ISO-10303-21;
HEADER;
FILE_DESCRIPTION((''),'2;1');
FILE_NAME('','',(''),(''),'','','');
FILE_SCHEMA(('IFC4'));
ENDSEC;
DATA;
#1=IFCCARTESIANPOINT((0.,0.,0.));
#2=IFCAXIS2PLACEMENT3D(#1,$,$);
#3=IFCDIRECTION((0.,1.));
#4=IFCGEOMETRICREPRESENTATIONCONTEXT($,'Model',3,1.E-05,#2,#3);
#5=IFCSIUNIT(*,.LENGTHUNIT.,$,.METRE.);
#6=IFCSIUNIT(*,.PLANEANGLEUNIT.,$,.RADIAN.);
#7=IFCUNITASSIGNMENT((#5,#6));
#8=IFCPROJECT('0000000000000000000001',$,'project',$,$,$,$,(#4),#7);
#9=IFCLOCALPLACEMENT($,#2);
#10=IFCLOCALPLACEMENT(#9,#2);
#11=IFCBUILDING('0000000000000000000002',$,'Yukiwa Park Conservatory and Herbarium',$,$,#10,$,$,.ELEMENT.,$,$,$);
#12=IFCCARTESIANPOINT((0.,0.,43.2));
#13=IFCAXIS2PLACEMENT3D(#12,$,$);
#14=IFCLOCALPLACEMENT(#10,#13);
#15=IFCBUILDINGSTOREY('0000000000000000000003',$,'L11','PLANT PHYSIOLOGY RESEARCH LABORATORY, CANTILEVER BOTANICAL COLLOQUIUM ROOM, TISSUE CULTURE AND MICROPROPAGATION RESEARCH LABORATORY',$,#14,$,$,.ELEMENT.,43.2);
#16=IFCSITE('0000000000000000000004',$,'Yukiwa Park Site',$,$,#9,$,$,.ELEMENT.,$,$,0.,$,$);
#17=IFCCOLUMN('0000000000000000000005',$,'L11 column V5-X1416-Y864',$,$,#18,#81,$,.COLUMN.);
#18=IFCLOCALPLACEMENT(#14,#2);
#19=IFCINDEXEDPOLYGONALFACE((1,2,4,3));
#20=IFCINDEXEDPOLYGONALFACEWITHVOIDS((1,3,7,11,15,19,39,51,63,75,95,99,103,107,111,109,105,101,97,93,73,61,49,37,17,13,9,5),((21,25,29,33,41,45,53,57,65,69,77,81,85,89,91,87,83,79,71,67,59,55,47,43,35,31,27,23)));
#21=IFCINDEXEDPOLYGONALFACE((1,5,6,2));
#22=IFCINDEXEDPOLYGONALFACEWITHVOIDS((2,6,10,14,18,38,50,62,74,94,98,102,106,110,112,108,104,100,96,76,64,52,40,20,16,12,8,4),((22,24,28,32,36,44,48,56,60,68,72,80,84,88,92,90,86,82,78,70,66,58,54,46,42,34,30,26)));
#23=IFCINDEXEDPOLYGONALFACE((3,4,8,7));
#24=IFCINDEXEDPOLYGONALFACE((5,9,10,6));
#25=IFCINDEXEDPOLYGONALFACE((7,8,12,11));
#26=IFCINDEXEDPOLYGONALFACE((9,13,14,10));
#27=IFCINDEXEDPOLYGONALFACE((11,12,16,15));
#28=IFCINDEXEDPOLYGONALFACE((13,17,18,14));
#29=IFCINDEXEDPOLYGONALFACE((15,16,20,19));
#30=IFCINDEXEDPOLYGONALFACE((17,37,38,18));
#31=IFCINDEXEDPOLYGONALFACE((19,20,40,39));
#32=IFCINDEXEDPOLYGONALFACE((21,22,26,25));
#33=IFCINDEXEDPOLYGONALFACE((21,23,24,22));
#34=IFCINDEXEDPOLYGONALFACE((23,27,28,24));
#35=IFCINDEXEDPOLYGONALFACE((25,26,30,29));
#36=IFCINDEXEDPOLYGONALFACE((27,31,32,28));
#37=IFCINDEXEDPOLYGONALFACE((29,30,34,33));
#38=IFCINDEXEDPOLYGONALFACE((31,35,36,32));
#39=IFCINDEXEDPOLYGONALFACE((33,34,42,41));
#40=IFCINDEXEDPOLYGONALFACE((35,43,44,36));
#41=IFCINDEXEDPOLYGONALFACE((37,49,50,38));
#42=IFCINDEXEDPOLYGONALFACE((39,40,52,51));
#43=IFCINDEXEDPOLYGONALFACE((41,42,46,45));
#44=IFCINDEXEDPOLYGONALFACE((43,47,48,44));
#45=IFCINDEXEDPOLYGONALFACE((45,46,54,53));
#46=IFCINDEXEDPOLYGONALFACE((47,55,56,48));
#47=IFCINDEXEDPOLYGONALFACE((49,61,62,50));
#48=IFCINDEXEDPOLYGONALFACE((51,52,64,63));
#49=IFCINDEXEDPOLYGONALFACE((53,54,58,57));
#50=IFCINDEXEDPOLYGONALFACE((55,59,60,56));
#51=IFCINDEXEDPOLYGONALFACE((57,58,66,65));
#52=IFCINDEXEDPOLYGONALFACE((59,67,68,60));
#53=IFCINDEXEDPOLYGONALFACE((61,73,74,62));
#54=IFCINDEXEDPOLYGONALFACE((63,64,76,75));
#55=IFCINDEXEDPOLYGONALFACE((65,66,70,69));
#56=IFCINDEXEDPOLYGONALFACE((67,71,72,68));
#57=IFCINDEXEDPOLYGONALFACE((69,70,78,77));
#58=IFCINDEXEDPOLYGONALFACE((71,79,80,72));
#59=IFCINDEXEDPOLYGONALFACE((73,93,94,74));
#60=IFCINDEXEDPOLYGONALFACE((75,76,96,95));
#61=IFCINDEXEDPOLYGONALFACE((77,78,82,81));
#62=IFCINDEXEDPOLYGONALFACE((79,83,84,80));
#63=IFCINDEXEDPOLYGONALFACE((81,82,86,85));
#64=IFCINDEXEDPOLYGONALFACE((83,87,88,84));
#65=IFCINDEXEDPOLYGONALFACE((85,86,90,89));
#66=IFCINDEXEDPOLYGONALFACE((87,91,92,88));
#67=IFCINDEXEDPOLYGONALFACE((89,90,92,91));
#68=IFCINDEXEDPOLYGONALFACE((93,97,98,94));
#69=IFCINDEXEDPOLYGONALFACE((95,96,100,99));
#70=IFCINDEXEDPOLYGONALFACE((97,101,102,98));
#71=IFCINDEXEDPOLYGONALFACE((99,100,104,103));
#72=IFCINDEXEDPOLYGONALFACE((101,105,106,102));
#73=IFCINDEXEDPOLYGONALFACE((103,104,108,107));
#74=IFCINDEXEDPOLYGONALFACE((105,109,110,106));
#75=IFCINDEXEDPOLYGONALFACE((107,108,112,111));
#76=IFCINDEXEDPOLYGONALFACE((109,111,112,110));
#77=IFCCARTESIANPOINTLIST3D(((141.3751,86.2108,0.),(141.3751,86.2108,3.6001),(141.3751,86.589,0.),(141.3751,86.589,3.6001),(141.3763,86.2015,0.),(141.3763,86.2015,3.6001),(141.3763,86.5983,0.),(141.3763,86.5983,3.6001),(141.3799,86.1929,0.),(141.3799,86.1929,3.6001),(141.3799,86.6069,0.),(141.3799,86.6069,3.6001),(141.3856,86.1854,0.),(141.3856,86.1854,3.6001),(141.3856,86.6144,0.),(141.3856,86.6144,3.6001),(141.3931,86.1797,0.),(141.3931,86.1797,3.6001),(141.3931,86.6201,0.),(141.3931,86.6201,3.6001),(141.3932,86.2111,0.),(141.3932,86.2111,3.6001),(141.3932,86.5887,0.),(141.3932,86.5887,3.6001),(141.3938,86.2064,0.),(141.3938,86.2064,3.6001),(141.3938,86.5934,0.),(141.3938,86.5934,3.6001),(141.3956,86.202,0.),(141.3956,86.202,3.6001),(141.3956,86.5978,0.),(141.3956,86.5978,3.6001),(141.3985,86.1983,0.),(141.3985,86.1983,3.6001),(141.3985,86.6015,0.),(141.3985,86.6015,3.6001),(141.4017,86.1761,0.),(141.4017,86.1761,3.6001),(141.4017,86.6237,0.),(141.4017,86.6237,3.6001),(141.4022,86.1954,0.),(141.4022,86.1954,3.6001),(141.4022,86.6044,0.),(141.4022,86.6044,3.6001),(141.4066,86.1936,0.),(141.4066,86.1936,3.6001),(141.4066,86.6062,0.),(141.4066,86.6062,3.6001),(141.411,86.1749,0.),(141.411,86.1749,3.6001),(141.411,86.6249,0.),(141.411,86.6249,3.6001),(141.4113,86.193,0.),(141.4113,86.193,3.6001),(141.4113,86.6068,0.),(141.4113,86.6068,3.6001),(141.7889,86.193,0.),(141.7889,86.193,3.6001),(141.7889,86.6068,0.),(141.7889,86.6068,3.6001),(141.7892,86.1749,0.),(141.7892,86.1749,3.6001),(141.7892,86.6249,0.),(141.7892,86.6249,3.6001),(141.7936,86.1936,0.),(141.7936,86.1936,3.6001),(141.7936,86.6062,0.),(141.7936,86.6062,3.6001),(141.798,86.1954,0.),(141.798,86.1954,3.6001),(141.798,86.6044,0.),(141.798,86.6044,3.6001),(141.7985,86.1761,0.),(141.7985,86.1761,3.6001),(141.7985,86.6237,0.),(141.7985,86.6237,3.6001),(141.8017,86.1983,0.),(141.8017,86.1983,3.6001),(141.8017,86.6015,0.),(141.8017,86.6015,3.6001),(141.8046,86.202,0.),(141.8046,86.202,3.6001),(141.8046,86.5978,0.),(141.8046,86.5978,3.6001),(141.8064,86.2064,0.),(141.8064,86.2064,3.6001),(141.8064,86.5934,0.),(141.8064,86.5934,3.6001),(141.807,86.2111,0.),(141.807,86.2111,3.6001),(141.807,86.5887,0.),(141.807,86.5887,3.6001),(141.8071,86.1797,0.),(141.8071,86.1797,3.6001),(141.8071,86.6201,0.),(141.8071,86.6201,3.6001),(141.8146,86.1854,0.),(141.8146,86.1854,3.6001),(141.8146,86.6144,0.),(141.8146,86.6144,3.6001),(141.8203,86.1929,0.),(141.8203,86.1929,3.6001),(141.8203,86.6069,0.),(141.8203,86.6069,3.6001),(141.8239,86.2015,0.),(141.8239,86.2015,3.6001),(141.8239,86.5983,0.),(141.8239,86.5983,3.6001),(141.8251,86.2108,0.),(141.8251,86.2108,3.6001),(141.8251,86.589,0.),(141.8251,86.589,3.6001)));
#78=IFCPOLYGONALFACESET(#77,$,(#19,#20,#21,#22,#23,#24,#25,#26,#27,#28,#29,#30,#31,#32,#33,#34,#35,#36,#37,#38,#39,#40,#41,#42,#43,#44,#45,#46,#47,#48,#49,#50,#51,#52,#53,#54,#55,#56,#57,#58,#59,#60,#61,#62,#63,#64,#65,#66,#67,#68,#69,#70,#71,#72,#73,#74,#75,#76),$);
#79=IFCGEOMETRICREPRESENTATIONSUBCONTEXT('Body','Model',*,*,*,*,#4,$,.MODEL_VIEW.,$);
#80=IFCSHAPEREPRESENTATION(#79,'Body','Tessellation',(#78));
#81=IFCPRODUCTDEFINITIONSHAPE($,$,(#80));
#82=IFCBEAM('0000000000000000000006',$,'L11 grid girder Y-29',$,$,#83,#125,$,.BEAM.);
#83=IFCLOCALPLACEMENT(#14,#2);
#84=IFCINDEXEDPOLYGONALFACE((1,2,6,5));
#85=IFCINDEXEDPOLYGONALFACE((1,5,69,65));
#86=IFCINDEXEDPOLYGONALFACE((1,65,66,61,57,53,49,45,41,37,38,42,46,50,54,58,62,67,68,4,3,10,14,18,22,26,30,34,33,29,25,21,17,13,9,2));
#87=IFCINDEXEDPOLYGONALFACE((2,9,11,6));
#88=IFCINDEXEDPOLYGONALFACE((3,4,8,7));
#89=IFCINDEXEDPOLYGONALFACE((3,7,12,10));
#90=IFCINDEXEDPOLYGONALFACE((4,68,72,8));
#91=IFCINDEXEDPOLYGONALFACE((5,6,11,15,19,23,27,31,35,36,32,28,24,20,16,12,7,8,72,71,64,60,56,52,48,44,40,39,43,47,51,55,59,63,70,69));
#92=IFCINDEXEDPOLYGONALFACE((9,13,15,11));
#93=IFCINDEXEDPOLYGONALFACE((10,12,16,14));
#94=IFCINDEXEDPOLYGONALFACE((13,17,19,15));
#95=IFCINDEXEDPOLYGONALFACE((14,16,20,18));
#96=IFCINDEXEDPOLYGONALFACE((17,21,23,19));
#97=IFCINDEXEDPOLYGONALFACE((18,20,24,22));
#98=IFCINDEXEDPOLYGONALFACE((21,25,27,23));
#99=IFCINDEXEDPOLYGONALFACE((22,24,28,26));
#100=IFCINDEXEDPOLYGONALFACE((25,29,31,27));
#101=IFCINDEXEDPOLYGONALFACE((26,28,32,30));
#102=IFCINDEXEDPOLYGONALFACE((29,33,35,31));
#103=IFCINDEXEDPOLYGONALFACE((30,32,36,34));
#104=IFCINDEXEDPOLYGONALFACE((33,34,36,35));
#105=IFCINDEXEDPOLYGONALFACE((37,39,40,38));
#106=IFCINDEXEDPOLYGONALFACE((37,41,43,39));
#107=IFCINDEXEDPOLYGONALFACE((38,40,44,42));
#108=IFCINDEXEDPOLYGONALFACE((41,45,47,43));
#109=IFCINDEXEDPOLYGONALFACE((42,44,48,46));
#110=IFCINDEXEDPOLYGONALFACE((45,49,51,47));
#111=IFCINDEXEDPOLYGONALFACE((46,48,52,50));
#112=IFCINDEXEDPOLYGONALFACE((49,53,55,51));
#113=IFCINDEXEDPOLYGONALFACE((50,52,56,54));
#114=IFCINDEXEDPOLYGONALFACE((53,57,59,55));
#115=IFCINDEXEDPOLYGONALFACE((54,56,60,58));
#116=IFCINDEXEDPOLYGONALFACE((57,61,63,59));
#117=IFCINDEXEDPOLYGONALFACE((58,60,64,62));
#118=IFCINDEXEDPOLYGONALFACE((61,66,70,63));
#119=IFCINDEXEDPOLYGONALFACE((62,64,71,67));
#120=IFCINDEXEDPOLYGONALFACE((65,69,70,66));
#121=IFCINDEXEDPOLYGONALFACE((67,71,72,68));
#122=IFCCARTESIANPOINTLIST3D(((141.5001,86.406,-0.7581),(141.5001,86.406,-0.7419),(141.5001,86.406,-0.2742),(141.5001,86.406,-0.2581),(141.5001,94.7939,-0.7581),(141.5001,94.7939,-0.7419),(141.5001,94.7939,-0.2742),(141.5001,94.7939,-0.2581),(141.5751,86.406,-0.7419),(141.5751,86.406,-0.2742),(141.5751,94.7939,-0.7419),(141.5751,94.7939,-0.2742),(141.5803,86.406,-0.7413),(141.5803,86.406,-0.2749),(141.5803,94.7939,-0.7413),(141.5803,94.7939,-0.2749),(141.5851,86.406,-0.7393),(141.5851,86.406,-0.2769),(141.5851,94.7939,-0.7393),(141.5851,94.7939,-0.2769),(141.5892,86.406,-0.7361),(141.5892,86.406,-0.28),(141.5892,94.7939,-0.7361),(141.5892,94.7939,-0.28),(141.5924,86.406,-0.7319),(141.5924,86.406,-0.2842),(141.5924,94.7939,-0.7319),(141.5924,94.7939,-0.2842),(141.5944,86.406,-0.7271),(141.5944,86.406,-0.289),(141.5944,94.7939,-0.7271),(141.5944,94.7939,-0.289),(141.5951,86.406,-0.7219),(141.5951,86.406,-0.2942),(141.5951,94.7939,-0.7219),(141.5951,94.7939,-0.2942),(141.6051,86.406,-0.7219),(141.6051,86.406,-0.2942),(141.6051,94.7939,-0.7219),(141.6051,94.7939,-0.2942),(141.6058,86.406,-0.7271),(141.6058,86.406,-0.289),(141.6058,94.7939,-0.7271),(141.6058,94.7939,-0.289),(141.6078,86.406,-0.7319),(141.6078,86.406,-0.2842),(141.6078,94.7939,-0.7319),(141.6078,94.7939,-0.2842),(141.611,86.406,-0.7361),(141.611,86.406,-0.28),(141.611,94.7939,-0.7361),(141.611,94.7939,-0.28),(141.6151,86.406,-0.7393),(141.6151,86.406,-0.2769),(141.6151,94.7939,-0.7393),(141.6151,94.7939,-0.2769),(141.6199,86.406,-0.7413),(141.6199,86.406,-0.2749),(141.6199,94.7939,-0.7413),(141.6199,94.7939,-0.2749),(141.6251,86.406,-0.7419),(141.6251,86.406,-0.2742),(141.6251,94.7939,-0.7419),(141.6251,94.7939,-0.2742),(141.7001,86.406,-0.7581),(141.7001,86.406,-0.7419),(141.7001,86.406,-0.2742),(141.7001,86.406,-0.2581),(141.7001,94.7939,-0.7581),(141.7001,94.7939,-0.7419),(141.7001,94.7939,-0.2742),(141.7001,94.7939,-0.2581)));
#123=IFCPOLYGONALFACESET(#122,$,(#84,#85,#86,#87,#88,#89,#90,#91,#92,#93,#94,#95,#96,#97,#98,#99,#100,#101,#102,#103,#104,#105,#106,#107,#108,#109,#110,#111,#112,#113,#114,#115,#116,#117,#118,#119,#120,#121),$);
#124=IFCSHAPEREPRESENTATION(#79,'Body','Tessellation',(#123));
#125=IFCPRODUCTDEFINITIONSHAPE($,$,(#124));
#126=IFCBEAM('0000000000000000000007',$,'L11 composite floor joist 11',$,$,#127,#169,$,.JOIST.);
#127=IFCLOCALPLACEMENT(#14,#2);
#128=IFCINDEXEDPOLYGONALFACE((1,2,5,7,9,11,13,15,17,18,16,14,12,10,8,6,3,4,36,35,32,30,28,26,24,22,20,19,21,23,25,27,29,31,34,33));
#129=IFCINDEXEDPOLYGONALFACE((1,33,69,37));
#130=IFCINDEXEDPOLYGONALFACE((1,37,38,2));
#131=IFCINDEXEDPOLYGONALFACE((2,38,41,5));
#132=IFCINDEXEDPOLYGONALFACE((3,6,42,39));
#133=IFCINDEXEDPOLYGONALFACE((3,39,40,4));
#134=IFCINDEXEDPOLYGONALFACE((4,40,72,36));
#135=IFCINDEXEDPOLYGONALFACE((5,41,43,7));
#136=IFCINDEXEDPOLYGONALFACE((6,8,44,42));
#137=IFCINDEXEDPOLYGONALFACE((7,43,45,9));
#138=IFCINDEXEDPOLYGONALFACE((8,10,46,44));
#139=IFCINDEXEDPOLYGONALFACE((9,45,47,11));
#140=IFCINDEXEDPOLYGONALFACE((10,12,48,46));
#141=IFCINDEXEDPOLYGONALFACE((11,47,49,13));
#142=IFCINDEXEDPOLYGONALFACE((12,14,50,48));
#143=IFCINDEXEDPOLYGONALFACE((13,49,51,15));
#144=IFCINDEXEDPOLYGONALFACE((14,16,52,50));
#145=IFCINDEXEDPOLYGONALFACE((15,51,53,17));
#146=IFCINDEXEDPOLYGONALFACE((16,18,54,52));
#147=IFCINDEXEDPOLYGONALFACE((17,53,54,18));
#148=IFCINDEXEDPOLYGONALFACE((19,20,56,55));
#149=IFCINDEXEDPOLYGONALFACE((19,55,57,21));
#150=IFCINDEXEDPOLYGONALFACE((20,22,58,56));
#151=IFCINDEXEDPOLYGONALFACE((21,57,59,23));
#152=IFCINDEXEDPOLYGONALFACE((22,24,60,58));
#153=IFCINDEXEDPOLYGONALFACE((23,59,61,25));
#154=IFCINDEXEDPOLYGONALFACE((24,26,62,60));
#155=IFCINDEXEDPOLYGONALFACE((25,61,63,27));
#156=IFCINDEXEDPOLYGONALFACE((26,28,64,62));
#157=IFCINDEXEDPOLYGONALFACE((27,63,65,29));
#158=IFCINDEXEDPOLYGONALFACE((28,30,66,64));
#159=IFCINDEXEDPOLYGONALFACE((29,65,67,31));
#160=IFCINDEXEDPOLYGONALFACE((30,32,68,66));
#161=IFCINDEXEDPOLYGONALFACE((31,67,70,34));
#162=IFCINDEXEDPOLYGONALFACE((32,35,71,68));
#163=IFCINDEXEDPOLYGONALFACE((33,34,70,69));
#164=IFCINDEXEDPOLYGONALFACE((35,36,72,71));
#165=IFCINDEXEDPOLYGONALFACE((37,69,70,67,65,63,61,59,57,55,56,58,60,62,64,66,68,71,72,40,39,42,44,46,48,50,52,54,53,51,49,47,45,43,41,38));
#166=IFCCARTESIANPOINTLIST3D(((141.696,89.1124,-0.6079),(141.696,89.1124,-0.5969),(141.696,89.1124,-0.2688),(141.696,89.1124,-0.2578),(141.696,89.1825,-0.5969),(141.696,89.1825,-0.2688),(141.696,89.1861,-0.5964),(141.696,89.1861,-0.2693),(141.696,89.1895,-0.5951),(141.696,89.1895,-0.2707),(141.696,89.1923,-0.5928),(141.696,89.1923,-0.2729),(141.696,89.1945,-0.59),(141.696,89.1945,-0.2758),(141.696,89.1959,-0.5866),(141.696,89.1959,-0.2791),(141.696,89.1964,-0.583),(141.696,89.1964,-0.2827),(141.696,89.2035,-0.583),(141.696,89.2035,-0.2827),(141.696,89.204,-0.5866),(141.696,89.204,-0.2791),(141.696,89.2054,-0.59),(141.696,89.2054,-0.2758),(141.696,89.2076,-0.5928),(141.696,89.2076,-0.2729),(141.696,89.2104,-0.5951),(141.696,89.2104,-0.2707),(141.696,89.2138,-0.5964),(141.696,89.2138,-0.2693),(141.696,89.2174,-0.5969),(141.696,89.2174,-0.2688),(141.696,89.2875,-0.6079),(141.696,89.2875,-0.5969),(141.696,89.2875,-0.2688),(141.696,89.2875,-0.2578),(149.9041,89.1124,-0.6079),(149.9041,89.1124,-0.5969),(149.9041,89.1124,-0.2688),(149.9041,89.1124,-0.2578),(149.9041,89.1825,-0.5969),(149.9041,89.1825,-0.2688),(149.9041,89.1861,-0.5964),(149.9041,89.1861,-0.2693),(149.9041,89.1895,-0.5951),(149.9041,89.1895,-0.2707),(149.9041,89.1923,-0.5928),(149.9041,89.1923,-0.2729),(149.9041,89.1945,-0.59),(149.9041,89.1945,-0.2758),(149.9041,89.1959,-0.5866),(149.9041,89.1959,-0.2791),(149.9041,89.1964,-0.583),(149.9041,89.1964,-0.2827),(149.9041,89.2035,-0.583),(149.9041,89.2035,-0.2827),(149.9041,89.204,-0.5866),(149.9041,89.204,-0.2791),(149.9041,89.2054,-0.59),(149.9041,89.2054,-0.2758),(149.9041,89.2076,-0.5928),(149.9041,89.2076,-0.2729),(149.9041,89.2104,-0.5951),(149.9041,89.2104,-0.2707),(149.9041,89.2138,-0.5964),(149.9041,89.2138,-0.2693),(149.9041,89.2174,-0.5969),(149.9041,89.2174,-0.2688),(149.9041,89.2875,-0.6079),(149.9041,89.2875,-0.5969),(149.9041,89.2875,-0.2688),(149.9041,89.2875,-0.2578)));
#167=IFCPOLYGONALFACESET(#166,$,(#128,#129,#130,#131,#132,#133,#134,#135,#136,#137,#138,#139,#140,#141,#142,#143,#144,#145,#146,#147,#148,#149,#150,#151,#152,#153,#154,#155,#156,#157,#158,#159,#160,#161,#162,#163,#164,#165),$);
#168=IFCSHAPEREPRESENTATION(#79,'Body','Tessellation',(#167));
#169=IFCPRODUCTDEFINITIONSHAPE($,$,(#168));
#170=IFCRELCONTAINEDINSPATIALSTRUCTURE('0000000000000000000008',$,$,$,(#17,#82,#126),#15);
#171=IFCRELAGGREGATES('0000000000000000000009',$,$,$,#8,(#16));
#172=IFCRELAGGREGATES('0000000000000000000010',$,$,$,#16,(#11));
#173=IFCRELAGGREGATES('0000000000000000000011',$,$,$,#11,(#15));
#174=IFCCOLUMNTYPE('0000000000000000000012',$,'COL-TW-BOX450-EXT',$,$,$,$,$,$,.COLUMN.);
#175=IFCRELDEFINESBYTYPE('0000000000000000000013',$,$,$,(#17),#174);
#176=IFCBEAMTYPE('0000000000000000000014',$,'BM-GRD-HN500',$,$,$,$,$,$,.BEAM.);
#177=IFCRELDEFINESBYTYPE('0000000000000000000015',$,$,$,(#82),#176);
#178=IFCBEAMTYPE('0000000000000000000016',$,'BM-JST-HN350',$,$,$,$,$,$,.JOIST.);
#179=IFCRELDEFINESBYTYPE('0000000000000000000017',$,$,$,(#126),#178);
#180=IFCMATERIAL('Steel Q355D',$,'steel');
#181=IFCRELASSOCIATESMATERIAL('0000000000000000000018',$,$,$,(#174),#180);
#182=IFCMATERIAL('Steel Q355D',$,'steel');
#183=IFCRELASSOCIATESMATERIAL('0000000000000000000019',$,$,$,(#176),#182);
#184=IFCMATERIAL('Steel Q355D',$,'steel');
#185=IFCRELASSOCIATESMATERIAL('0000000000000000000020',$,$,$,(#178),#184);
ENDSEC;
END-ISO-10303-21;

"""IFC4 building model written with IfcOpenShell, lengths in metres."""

from ifc_helpers import new_model, si_unit, direction, frame, origin, origin_2d, place, context, subcontext, project, spatial, hollow_rectangle, i_section, extrude, material, material_profile, profile_set, type_object, element, save


model = new_model("IFC4")

# Units and contexts
model_context = context("Model", 3, precision=1e-05, world=origin(), true_north=direction((0.0, 1.0)))
body_context = subcontext(model_context, "Body", "Model", "MODEL_VIEW")
ifc_project = project(units=[si_unit("LENGTHUNIT", "METRE"), si_unit("PLANEANGLEUNIT", "RADIAN")], contexts=[model_context])

# Site, building, storey
site_placement = place(None, origin())
site = spatial("IfcSite", under=ifc_project, at=site_placement, Name="Yukiwa Park Site", CompositionType="ELEMENT", RefElevation=0.0)
building_placement = place(site_placement, origin())
building = spatial("IfcBuilding", under=site, at=building_placement, Name="Yukiwa Park Conservatory and Herbarium", CompositionType="ELEMENT")
storey_placement = place(building_placement, frame((0.0, 0.0, 43.2)))
storey = spatial("IfcBuildingStorey", under=building, at=storey_placement, Name="L11", Description="PLANT PHYSIOLOGY RESEARCH LABORATORY, CANTILEVER BOTANICAL COLLOQUIUM ROOM, TISSUE CULTURE AND MICROPROPAGATION RESEARCH LABORATORY", CompositionType="ELEMENT", Elevation=43.2)

# Column
ifc_material_1 = material(Name="Steel Q355D", Category="steel")
ifc_material_profile_1 = material_profile(ifc_material_1, hollow_rectangle(XDim=0.45, YDim=0.45, WallThickness=0.0181, InnerFilletRadius=0.0181, OuterFilletRadius=0.0359, at=origin_2d()), Name="BOX 450x450x18")
ifc_profile_set_1 = profile_set([ifc_material_profile_1], Name="Steel Q355D")
column_type = type_object("IfcColumnType", Name="COL-TW-BOX450-EXT", PredefinedType="COLUMN", material=ifc_profile_set_1)
column_placement = place(storey_placement, frame((141.6001, 86.3999, 0.0), z_axis=(0.0, 0.0, 1.0), x_axis=(1.0, 0.0, 0.0)))
element("IfcColumn", 1, at=column_placement, inside=storey, type_object=column_type, Name="L11 column V5-X1416-Y864", PredefinedType="COLUMN", context=body_context, shape_type="SweptSolid", body=[
    extrude(hollow_rectangle(XDim=0.45, YDim=0.45, WallThickness=0.0181, InnerFilletRadius=0.0181, OuterFilletRadius=0.0359, at=origin_2d()), origin(), (0.0, 0.0, 1.0), 3.6001),
])

# Beams
ifc_material_2 = material(Name="Steel Q355D", Category="steel")
ifc_material_profile_2 = material_profile(ifc_material_2, i_section(OverallWidth=0.2, OverallDepth=0.5, WebThickness=0.01, FlangeThickness=0.0161, FilletRadius=0.02, at=origin_2d()), Name="HN 500x200x10x16")
ifc_profile_set_2 = profile_set([ifc_material_profile_2], Name="Steel Q355D")
beam_type_1 = type_object("IfcBeamType", Name="BM-GRD-HN500", PredefinedType="BEAM", material=ifc_profile_set_2)
beam_1_placement = place(storey_placement, frame((141.6001, 86.406, -0.5081), z_axis=(0.0, 1.0, 0.0), x_axis=(-1.0, 0.0, 0.0)))
element("IfcBeam", 2, at=beam_1_placement, inside=storey, type_object=beam_type_1, Name="L11 grid girder Y-29", PredefinedType="BEAM", context=body_context, shape_type="SweptSolid", body=[
    extrude(i_section(OverallWidth=0.2, OverallDepth=0.5, WebThickness=0.01, FlangeThickness=0.0161, FilletRadius=0.02, at=origin_2d()), origin(), (0.0, 0.0, 1.0), 8.3879),
])
ifc_material_3 = material(Name="Steel Q355D", Category="steel")
ifc_material_profile_3 = material_profile(ifc_material_3, i_section(OverallWidth=0.175, OverallDepth=0.3501, WebThickness=0.0071, FlangeThickness=0.011, FilletRadius=0.0139, at=origin_2d()), Name="HN 350x175x7x11")
ifc_profile_set_3 = profile_set([ifc_material_profile_3], Name="Steel Q355D")
beam_type_2 = type_object("IfcBeamType", Name="BM-JST-HN350", PredefinedType="JOIST", material=ifc_profile_set_3)
beam_2_placement = place(storey_placement, frame((141.696, 89.2, -0.4329), z_axis=(1.0, 0.0, 0.0), x_axis=(0.0, 1.0, 0.0)))
element("IfcBeam", 3, at=beam_2_placement, inside=storey, type_object=beam_type_2, Name="L11 composite floor joist 11", PredefinedType="JOIST", context=body_context, shape_type="SweptSolid", body=[
    extrude(i_section(OverallWidth=0.175, OverallDepth=0.3501, WebThickness=0.0071, FlangeThickness=0.011, FilletRadius=0.0139, at=origin_2d()), origin(), (0.0, 0.0, 1.0), 8.208),
])

save(model, "model.ifc")
